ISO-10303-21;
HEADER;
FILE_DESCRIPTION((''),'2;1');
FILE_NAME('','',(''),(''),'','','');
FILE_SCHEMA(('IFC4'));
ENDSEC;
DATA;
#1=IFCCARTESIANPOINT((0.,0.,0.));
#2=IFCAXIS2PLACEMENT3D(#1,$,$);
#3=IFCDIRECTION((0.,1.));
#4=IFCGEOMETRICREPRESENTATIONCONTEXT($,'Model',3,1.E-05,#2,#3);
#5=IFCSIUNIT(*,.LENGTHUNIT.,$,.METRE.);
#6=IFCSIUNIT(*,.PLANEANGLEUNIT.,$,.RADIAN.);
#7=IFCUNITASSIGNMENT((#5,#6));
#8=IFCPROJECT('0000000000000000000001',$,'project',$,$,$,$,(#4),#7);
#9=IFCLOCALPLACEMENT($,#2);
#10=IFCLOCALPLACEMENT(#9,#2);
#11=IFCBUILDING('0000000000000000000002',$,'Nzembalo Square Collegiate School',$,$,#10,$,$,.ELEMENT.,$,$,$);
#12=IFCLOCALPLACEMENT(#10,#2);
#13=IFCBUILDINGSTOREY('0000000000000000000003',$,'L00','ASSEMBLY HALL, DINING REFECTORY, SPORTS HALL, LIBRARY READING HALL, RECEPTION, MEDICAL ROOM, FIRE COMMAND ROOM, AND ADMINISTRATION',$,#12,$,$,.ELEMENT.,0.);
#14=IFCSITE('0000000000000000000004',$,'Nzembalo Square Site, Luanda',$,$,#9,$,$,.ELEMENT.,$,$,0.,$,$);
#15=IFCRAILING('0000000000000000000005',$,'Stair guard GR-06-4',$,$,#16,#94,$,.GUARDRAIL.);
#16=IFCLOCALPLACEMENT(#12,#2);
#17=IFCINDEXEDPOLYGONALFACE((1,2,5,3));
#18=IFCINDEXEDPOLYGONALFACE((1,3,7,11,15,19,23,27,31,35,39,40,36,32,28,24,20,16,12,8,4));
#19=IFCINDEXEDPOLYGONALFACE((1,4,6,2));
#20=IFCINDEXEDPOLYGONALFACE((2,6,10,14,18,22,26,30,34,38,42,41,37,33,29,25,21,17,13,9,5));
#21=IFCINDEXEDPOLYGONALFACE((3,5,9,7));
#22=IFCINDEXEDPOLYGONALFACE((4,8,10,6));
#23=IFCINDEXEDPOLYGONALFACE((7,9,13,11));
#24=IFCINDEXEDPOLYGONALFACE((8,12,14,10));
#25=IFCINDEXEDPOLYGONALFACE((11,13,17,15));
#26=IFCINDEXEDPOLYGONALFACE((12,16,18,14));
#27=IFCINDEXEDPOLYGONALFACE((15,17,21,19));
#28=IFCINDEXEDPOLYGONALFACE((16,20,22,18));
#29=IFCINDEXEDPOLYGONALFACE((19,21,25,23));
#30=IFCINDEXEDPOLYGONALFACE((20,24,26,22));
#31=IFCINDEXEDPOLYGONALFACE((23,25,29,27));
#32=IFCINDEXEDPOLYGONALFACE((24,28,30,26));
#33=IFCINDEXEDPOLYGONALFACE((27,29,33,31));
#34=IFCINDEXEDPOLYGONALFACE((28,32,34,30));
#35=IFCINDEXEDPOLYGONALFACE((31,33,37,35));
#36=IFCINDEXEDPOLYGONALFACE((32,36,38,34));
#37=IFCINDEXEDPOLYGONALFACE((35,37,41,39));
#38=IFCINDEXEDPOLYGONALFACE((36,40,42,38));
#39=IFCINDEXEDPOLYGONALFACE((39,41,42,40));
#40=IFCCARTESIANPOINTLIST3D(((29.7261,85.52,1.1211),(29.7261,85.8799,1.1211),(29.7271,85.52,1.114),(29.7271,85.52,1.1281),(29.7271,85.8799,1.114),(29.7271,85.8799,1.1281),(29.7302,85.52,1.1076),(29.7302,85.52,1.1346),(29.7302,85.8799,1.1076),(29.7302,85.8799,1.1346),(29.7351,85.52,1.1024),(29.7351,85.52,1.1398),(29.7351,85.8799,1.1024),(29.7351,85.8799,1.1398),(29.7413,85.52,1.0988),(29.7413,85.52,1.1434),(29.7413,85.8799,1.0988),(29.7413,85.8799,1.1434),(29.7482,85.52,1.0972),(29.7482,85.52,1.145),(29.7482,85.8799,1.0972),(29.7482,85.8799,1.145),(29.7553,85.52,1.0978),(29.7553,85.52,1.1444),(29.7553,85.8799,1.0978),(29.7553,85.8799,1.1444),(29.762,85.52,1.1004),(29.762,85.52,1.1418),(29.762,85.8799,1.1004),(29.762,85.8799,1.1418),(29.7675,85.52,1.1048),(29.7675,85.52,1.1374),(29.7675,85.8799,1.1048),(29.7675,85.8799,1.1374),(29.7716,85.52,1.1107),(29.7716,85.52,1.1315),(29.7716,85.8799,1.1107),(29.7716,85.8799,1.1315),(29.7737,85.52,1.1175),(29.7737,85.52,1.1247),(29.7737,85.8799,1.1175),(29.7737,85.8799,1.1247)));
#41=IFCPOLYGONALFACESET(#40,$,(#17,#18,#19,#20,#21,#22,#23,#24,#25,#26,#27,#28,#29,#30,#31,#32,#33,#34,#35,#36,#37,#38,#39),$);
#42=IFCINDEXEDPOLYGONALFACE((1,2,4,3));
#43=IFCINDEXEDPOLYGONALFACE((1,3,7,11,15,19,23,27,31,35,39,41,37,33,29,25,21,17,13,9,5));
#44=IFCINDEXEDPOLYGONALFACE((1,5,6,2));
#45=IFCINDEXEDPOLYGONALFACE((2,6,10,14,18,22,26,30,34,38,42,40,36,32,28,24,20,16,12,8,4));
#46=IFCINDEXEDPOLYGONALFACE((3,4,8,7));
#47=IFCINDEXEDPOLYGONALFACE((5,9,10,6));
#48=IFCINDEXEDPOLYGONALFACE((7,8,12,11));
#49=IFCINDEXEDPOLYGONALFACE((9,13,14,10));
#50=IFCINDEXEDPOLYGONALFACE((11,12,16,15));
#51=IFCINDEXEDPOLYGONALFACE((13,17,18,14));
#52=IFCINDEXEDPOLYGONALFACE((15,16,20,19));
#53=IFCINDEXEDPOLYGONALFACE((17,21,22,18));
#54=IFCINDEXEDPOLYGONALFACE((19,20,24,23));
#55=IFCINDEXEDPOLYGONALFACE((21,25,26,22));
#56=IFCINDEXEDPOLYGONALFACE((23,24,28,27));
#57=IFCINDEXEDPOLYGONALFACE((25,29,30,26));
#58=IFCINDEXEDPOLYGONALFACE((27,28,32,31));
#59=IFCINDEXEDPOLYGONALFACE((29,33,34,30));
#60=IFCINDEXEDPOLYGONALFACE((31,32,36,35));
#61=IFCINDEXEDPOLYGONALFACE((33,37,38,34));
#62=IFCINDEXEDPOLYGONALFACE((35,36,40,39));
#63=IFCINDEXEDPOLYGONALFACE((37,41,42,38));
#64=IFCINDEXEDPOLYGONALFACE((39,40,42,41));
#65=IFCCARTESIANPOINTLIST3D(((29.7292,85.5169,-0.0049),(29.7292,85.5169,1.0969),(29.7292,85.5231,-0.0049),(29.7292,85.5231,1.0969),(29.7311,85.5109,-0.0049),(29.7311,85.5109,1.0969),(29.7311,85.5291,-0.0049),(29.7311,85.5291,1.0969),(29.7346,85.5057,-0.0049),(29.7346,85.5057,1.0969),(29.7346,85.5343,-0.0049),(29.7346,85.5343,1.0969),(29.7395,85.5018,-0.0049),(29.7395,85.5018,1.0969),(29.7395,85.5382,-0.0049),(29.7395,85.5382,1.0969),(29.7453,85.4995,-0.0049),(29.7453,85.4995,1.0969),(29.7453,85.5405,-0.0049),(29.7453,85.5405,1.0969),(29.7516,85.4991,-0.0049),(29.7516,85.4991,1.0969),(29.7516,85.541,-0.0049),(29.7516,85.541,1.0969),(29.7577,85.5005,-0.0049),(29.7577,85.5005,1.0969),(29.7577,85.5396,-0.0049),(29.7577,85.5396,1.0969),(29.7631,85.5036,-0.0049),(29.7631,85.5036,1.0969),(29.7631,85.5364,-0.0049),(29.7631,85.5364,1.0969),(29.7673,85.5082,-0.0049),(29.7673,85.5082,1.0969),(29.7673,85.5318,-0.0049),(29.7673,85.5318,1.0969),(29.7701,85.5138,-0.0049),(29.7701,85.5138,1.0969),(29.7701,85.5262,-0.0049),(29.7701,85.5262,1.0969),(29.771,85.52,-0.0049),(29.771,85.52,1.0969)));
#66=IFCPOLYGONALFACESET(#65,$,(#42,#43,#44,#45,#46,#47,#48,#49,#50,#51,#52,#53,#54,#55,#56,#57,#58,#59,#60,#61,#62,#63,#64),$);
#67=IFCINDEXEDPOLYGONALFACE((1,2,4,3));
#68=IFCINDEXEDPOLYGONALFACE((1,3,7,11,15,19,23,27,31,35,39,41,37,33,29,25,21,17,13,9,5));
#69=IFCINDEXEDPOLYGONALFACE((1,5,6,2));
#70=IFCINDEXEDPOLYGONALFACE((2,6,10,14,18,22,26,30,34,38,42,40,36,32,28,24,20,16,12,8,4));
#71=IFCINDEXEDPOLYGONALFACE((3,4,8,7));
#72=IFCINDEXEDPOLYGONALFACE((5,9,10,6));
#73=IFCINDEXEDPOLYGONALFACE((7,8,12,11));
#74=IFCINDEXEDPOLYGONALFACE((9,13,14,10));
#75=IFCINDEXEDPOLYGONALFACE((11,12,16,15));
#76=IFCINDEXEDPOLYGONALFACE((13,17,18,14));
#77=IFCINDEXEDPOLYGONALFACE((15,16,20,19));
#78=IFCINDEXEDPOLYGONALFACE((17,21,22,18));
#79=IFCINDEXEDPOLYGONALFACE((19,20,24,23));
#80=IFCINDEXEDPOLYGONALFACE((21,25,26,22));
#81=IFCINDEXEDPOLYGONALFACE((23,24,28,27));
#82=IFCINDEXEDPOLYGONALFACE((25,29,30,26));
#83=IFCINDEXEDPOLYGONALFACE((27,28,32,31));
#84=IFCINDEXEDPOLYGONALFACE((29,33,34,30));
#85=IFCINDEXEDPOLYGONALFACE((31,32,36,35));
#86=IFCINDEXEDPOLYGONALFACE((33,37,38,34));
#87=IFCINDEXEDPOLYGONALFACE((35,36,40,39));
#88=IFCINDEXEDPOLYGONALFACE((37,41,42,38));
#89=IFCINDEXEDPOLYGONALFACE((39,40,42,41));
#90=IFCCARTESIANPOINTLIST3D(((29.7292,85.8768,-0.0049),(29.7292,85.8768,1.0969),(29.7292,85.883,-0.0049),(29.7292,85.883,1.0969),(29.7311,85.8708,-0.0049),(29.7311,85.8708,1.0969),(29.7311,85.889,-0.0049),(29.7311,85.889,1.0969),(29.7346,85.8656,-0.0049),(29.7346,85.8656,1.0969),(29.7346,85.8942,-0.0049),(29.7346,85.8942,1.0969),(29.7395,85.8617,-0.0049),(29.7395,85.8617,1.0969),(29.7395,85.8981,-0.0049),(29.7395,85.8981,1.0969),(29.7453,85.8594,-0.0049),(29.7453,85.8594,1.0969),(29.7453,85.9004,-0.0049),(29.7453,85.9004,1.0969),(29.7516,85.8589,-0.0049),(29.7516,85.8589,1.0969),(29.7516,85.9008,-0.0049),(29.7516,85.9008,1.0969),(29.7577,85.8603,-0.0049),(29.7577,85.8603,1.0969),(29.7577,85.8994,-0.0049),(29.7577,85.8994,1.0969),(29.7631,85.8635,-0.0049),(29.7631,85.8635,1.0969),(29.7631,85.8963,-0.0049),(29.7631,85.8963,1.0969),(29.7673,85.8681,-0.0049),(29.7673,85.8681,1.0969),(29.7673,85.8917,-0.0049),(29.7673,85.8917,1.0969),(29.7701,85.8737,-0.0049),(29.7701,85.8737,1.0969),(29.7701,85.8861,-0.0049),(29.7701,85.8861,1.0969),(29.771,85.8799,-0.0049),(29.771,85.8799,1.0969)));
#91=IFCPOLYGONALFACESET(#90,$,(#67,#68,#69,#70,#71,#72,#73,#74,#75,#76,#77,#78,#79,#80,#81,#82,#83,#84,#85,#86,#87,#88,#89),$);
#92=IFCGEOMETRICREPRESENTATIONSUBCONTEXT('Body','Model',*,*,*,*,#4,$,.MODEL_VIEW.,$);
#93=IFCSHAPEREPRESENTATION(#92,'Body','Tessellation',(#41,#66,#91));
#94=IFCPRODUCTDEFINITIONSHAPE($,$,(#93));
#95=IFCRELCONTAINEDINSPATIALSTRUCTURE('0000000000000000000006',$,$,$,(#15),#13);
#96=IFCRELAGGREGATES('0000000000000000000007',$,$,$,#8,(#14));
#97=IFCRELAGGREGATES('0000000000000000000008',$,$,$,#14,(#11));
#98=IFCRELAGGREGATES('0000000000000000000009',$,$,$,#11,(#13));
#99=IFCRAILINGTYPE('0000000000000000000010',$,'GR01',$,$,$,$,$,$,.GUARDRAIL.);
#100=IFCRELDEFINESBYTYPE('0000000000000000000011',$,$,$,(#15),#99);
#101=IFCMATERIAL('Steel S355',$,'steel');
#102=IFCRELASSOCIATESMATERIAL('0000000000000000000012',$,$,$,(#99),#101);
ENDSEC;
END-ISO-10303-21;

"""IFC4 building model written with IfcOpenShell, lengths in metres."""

from ifc_helpers import new_model, si_unit, direction, frame, origin, origin_2d, place, context, subcontext, project, spatial, circle, extrude, material, type_object, element, save


model = new_model("IFC4")

# Units and contexts
model_context = context("Model", 3, precision=1e-05, world=origin(), true_north=direction((0.0, 1.0)))
body_context = subcontext(model_context, "Body", "Model", "MODEL_VIEW")
ifc_project = project(units=[si_unit("LENGTHUNIT", "METRE"), si_unit("PLANEANGLEUNIT", "RADIAN")], contexts=[model_context])

# Site, building, storey
site_placement = place(None, origin())
site = spatial("IfcSite", under=ifc_project, at=site_placement, Name="Nzembalo Square Site, Luanda", CompositionType="ELEMENT", RefElevation=0.0)
building_placement = place(site_placement, origin())
building = spatial("IfcBuilding", under=site, at=building_placement, Name="Nzembalo Square Collegiate School", CompositionType="ELEMENT")
storey_placement = place(building_placement, origin())
storey = spatial("IfcBuildingStorey", under=building, at=storey_placement, Name="L00", Description="ASSEMBLY HALL, DINING REFECTORY, SPORTS HALL, LIBRARY READING HALL, RECEPTION, MEDICAL ROOM, FIRE COMMAND ROOM, AND ADMINISTRATION", CompositionType="ELEMENT", Elevation=0.0)

# Railing
ifc_material_1 = material(Name="Steel S355", Category="steel")
railing_type_1 = type_object("IfcRailingType", Name="GR01", PredefinedType="GUARDRAIL", material=ifc_material_1)
railing_1_placement = place(storey_placement, frame((29.75, 85.52, -0.0049)))
element("IfcRailing", 1, at=railing_1_placement, inside=storey, type_object=railing_type_1, Name="Stair guard GR-06-4", PredefinedType="GUARDRAIL", context=body_context, shape_type="SweptSolid", body=[
    extrude(circle(Radius=0.0239, at=origin_2d()), frame((0.0, 0.0, 1.126), z_axis=(0.0, 1.0, 0.0), x_axis=(-1.0, 0.0, 0.0)), (0.0, 0.0, 1.0), 0.3599),
    extrude(circle(Radius=0.021, at=origin_2d()), origin(), (0.0, 0.0, 1.0), 1.1018),
    extrude(circle(Radius=0.021, at=origin_2d()), frame((0.0, 0.3599, 0.0)), (0.0, 0.0, 1.0), 1.1018),
])

save(model, "model.ifc")
